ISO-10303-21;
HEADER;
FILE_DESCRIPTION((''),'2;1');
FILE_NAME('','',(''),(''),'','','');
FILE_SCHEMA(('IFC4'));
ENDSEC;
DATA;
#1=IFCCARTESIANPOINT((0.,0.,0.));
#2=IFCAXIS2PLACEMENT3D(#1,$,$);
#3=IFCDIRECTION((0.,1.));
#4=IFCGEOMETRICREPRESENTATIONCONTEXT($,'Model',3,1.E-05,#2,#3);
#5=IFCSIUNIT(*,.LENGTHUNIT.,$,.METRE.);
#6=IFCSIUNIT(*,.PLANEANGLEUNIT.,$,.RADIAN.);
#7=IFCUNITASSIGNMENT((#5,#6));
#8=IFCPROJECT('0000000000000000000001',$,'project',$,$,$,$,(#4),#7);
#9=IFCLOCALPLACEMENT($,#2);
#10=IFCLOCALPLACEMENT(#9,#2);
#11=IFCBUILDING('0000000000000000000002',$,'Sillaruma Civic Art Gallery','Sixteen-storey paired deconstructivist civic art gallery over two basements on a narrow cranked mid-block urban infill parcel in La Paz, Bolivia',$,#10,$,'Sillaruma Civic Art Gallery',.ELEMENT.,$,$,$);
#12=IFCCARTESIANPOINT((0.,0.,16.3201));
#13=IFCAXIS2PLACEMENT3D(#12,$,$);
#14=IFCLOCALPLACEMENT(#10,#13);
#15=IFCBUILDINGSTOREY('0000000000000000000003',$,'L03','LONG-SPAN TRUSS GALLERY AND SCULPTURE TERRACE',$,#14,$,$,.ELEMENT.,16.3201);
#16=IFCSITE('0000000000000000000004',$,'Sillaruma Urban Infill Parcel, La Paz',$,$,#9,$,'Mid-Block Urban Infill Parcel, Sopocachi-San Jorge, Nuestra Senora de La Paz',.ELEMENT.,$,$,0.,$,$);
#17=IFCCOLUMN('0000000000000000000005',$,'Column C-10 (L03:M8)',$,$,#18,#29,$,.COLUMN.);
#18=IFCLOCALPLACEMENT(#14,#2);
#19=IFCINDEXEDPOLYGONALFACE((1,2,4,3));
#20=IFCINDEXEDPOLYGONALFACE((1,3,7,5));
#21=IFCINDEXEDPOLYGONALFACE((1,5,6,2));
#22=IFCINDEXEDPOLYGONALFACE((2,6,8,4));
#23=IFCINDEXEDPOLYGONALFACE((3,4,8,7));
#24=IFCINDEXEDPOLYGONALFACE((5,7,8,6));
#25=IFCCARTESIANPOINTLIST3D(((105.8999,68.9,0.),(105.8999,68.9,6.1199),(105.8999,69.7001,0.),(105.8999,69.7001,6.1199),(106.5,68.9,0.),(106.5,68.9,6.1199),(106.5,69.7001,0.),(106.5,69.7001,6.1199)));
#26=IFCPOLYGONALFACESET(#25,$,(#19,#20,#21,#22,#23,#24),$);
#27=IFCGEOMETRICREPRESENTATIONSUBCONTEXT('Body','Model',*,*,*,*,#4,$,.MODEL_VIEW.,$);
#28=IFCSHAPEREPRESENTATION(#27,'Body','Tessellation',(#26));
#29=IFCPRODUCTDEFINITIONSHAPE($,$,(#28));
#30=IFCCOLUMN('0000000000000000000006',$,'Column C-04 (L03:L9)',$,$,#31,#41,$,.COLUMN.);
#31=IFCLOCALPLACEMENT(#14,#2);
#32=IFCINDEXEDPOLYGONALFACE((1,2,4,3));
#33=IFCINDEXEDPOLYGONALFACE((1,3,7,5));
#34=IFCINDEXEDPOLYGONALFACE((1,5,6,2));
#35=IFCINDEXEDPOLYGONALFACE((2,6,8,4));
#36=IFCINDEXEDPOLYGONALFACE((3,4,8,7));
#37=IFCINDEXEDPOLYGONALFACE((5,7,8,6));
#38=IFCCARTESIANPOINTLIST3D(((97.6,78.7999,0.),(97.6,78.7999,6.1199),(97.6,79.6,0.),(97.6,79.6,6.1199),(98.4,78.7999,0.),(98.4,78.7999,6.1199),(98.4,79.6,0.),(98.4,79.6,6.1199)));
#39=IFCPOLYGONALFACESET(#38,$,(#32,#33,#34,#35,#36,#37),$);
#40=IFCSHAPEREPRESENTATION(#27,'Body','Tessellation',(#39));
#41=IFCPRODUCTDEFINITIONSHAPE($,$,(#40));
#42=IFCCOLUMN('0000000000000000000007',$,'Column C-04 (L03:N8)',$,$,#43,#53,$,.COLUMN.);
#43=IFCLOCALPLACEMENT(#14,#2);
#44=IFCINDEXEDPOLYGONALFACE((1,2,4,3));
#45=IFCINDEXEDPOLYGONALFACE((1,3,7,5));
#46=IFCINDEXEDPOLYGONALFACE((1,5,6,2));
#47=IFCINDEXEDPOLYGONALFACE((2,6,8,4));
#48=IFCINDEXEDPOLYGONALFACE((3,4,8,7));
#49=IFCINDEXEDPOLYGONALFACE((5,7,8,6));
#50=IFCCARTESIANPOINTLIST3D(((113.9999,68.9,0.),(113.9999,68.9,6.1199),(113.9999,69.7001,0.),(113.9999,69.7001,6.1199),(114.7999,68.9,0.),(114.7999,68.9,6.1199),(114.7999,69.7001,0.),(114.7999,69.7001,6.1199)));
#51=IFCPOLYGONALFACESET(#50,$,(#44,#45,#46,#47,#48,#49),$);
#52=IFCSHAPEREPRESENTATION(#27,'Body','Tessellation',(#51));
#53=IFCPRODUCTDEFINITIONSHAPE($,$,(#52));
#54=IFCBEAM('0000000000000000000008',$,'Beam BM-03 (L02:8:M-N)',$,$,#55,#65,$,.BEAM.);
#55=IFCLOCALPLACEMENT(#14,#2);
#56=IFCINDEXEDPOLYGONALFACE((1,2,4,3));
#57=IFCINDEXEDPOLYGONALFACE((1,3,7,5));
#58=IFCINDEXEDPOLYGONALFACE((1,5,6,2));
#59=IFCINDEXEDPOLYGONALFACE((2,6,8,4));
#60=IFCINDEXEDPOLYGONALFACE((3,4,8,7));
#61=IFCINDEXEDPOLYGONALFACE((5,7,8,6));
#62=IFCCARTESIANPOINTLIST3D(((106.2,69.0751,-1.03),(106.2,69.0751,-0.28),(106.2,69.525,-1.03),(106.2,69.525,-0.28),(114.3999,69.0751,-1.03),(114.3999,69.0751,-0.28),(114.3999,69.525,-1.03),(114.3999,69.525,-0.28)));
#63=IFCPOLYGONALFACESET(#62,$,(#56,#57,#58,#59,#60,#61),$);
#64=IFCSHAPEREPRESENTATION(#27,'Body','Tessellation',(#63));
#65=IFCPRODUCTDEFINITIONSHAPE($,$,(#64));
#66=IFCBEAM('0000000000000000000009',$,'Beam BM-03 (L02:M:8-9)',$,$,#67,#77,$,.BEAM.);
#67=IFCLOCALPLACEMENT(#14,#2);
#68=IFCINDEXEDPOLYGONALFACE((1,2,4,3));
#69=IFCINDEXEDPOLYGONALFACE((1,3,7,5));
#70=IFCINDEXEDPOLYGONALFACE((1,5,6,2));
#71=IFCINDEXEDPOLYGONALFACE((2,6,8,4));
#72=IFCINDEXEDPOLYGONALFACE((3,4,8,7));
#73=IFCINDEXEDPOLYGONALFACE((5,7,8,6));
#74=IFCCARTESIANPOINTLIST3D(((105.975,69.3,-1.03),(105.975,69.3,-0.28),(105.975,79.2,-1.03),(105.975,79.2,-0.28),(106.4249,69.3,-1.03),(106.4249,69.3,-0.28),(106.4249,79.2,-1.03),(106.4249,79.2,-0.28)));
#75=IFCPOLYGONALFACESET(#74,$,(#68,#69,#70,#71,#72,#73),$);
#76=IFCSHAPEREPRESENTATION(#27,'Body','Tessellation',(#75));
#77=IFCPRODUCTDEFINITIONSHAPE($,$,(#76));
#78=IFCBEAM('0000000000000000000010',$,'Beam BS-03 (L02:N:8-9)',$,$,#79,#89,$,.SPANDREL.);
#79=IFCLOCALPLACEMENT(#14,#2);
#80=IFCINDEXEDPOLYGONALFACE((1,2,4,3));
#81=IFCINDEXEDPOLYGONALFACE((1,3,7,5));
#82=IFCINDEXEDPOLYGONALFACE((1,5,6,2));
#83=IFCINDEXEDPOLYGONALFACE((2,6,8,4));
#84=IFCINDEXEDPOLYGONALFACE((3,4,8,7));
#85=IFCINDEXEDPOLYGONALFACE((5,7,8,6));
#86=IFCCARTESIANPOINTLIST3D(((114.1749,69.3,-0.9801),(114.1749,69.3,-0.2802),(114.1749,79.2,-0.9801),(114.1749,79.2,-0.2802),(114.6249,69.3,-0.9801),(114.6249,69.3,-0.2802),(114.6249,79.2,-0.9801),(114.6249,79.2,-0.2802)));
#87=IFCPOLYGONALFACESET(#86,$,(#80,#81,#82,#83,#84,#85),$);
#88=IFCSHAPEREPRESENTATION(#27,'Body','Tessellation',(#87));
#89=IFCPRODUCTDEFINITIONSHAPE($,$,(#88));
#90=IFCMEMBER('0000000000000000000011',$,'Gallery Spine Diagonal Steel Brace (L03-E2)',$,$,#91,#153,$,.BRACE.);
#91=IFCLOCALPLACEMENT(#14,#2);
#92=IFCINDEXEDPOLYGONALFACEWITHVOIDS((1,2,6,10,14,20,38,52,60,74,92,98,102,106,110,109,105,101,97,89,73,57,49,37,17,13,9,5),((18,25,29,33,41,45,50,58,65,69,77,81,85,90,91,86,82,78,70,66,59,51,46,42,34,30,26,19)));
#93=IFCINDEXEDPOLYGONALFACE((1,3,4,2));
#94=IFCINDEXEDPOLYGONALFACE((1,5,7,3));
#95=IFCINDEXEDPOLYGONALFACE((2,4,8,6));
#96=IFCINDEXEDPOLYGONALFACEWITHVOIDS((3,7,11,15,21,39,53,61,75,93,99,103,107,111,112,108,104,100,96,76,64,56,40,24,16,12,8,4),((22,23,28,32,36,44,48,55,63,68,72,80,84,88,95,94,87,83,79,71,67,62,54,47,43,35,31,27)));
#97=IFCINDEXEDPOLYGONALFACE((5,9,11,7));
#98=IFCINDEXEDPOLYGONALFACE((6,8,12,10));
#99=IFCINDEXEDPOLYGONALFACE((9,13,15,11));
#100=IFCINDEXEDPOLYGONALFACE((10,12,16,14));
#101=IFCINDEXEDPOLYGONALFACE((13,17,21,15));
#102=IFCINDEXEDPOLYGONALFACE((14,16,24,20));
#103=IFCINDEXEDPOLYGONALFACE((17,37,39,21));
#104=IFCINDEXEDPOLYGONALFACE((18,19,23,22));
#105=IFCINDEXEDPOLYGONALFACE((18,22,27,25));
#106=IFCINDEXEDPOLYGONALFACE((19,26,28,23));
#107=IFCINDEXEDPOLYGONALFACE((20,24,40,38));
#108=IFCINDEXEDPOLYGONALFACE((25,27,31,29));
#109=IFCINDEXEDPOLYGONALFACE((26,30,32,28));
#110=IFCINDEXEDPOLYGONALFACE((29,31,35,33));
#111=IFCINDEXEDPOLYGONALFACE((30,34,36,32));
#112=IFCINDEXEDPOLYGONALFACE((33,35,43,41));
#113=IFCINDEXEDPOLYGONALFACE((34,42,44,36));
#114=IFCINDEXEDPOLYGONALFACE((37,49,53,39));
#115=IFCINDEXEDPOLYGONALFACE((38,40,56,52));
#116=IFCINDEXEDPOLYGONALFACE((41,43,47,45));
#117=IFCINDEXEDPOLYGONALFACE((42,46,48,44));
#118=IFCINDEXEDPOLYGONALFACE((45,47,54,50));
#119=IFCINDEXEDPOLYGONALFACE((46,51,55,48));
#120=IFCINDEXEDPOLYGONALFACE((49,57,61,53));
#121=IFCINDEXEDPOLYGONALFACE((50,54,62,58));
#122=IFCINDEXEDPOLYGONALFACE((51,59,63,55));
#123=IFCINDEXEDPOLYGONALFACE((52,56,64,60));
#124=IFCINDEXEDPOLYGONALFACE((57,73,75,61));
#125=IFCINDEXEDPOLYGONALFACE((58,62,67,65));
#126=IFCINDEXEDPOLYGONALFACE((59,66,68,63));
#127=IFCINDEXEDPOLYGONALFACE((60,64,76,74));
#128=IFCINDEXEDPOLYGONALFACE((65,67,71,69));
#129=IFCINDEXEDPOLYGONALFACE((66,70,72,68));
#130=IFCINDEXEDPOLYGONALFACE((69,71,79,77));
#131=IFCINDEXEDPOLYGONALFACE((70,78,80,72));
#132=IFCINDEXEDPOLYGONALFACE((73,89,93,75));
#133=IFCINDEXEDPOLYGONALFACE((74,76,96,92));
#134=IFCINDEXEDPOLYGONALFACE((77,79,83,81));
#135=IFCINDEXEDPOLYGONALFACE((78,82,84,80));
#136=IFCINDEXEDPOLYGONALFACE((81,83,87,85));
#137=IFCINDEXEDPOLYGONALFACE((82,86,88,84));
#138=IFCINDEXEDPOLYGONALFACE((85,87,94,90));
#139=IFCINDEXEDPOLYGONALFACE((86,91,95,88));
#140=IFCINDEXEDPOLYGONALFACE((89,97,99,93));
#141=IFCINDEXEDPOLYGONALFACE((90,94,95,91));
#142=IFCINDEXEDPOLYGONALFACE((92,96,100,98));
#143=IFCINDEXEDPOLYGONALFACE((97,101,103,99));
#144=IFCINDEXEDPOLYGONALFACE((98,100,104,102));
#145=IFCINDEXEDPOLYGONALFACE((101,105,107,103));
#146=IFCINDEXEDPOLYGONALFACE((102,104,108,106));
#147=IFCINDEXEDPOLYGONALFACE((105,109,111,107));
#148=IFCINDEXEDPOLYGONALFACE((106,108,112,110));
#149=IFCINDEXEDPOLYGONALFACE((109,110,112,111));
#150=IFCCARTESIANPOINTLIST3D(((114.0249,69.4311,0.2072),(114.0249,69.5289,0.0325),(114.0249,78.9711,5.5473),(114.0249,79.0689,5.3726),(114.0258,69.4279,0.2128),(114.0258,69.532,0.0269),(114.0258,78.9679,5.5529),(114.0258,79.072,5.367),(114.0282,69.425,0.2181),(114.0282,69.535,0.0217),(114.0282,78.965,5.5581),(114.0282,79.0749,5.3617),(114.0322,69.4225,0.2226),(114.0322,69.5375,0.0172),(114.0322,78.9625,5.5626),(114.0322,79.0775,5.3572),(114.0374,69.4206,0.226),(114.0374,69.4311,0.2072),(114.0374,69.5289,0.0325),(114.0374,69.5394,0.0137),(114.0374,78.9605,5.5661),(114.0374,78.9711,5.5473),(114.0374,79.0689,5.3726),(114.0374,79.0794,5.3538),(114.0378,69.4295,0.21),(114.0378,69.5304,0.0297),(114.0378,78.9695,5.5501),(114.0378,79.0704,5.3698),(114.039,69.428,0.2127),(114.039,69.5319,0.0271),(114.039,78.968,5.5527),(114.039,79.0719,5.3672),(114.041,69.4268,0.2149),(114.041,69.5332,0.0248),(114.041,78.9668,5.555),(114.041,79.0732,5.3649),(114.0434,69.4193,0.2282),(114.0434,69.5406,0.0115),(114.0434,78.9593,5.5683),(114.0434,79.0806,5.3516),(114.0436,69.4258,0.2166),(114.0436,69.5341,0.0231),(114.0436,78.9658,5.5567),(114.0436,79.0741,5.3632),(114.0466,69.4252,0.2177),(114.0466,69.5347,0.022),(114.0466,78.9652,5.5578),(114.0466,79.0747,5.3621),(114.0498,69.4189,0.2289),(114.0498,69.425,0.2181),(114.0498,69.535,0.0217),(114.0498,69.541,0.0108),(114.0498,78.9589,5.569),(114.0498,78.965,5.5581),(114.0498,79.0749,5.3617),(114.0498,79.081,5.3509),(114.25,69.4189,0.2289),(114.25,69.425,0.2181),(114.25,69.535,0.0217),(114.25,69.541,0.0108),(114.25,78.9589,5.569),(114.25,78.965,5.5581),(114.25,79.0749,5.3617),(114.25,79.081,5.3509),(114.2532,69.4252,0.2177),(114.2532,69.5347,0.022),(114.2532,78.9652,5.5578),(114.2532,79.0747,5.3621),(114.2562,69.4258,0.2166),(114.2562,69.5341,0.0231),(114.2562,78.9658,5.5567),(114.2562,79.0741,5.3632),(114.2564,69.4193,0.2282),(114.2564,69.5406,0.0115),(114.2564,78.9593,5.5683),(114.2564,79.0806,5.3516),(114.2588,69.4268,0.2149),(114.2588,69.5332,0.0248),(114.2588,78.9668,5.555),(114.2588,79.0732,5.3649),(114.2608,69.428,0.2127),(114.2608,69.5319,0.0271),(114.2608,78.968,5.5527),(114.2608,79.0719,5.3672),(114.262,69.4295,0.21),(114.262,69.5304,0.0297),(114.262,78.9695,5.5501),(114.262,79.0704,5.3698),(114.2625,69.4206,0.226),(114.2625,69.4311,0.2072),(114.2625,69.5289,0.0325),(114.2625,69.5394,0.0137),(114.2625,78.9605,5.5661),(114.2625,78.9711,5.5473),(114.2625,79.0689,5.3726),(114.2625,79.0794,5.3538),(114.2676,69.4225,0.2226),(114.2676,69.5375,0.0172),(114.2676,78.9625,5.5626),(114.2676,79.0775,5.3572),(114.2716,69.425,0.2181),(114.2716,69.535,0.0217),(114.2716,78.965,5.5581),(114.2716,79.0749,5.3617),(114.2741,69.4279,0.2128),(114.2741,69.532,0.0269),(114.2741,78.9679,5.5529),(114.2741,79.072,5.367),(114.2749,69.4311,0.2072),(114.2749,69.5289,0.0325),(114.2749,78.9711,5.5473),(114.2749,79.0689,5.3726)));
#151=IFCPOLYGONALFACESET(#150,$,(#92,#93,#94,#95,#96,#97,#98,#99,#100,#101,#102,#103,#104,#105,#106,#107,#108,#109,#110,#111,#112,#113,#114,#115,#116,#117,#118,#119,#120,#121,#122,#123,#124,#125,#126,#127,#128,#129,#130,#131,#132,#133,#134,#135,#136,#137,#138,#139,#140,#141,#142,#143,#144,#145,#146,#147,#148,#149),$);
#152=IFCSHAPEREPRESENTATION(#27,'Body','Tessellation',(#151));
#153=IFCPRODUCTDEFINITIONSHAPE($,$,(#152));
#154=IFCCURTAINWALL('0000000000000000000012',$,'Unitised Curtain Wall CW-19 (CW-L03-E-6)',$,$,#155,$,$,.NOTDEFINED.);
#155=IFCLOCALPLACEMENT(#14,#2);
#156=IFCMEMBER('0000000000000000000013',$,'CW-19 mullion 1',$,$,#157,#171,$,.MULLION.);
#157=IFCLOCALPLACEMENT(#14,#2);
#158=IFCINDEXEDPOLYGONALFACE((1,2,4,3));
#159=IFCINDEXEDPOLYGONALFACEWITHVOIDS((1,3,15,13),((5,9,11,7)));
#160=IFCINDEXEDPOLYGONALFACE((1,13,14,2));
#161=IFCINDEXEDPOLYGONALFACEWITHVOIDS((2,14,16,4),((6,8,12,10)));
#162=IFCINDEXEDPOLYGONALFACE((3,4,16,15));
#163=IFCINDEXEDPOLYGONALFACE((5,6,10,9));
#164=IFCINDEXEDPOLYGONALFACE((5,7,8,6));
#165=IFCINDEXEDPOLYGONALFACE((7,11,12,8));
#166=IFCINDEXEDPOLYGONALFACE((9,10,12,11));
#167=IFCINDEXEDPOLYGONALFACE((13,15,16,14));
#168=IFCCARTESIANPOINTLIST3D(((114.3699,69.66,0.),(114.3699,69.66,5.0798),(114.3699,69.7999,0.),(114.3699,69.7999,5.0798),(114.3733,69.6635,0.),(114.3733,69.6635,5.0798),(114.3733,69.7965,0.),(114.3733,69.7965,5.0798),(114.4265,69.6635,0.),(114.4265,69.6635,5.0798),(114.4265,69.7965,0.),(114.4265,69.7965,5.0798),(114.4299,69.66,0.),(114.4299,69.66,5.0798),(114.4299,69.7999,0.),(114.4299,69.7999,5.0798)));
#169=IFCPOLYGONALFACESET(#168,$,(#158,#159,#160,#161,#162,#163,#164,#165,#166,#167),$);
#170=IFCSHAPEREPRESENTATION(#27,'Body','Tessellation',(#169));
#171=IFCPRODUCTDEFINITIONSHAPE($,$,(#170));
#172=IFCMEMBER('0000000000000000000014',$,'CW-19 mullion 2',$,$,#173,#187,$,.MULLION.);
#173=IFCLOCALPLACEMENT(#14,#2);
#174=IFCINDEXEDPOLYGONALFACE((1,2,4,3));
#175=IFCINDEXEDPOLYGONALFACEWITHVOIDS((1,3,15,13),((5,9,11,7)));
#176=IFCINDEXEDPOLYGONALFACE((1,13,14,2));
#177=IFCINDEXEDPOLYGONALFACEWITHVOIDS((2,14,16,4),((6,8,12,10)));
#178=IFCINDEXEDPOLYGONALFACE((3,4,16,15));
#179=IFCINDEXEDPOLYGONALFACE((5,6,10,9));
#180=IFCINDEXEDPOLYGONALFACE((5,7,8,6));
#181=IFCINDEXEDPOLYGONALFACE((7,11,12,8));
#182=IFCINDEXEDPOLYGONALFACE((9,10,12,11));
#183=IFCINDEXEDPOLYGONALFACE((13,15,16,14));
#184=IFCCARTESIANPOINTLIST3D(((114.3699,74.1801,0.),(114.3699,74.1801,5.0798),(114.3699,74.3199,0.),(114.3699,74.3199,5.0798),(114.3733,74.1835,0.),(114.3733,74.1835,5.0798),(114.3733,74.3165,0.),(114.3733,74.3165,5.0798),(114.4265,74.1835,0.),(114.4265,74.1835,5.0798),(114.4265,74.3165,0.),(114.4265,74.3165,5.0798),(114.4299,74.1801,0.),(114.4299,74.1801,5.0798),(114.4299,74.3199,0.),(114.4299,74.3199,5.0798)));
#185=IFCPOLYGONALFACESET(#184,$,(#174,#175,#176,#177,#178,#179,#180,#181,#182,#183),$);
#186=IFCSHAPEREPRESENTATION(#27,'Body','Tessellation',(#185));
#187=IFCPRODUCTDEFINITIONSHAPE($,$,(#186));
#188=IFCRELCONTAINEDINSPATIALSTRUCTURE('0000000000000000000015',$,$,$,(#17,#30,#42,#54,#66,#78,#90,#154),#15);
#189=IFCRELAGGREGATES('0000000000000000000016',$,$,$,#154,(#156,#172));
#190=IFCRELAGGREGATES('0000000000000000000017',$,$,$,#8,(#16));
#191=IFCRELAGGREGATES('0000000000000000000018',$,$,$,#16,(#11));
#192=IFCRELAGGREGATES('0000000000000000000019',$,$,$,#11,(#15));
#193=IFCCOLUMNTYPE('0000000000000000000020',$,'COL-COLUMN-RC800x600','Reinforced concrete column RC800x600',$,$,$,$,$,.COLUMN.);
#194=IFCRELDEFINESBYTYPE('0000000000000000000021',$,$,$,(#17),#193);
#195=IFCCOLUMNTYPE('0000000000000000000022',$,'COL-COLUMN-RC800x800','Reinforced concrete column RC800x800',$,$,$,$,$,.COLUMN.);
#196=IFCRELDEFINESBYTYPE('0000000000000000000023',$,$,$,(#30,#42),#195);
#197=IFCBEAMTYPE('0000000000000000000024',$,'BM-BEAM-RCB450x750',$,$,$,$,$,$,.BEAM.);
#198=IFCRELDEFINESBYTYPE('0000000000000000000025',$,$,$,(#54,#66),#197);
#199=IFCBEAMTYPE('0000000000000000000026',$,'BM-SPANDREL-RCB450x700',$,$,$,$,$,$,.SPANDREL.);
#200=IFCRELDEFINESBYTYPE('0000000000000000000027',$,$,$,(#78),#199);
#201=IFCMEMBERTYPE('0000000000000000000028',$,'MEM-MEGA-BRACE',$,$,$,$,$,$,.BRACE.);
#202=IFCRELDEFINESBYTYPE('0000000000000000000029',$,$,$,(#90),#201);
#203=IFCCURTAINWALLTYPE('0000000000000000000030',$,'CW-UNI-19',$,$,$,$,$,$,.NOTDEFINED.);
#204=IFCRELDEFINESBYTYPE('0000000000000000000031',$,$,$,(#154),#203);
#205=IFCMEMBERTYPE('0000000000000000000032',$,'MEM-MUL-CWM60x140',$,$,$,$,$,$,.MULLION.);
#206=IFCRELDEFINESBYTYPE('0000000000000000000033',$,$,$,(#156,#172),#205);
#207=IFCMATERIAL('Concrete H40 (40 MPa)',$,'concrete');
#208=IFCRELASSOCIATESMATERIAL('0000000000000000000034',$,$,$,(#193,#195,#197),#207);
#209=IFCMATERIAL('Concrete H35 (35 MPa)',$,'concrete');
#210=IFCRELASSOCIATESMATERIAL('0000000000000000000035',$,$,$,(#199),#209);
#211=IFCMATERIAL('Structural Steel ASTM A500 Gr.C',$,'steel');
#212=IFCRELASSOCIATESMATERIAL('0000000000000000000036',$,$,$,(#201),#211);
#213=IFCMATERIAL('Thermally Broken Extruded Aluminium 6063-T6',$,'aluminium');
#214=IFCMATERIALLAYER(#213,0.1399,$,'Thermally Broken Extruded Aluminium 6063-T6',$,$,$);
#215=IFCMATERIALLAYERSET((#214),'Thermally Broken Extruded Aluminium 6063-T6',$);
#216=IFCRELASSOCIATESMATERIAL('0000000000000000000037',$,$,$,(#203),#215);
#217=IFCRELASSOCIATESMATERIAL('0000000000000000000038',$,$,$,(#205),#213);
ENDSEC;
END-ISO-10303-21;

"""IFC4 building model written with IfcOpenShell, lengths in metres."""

from ifc_helpers import new_model, si_unit, direction, frame, origin, origin_2d, place, context, subcontext, project, spatial, rectangle, hollow_rectangle, extrude, material, layer, layer_set, material_profile, profile_set, type_object, element, aggregate, save


model = new_model("IFC4")

# Units and contexts
model_context = context("Model", 3, precision=1e-05, world=origin(), true_north=direction((0.0, 1.0)))
body_context = subcontext(model_context, "Body", "Model", "MODEL_VIEW")
ifc_project = project(units=[si_unit("LENGTHUNIT", "METRE"), si_unit("PLANEANGLEUNIT", "RADIAN")], contexts=[model_context])

# Site, building, storey
site_placement = place(None, origin())
site = spatial("IfcSite", under=ifc_project, at=site_placement, Name="Sillaruma Urban Infill Parcel, La Paz", LongName="Mid-Block Urban Infill Parcel, Sopocachi-San Jorge, Nuestra Senora de La Paz", CompositionType="ELEMENT", RefElevation=0.0)
building_placement = place(site_placement, origin())
building = spatial("IfcBuilding", under=site, at=building_placement, Name="Sillaruma Civic Art Gallery", Description="Sixteen-storey paired deconstructivist civic art gallery over two basements on a narrow cranked mid-block urban infill parcel in La Paz, Bolivia", LongName="Sillaruma Civic Art Gallery", CompositionType="ELEMENT")
storey_placement = place(building_placement, frame((0.0, 0.0, 16.3201)))
storey = spatial("IfcBuildingStorey", under=building, at=storey_placement, Name="L03", Description="LONG-SPAN TRUSS GALLERY AND SCULPTURE TERRACE", CompositionType="ELEMENT", Elevation=16.3201)

# Columns
ifc_material_1 = material(Name="Concrete H40 (40 MPa)", Category="concrete")
ifc_material_profile_1 = material_profile(ifc_material_1, rectangle(XDim=0.6001, YDim=0.8, at=origin_2d()), Name="RC800x600")
ifc_profile_set_1 = profile_set([ifc_material_profile_1], Name="Concrete H40 (40 MPa)")
column_type_1 = type_object("IfcColumnType", Name="COL-COLUMN-RC800x600", Description="Reinforced concrete column RC800x600", PredefinedType="COLUMN", material=ifc_profile_set_1)
column_placement = place(storey_placement, frame((106.2, 69.3, 0.0), z_axis=(0.0, 0.0, 1.0), x_axis=(1.0, 0.0, 0.0)))
element("IfcColumn", 1, at=column_placement, inside=storey, type_object=column_type_1, Name="Column C-10 (L03:M8)", PredefinedType="COLUMN", context=body_context, shape_type="SweptSolid", body=[
    extrude(rectangle(XDim=0.6001, YDim=0.8, at=origin_2d()), origin(), (0.0, 0.0, 1.0), 6.1199),
])
ifc_material_profile_2 = material_profile(ifc_material_1, rectangle(XDim=0.8, YDim=0.8, at=origin_2d()), Name="RC800x800")
ifc_profile_set_2 = profile_set([ifc_material_profile_2], Name="Concrete H40 (40 MPa)")
column_type_2 = type_object("IfcColumnType", Name="COL-COLUMN-RC800x800", Description="Reinforced concrete column RC800x800", PredefinedType="COLUMN", material=ifc_profile_set_2)
for number, where, z_axis, x_axis, name in (
    (2, (98.0, 79.2, 0.0), (0.0, 0.0, 1.0), (1.0, 0.0, 0.0), "Column C-04 (L03:L9)"),
    (3, (114.3999, 69.3, 0.0), (0.0, 0.0, 1.0), (1.0, 0.0, 0.0), "Column C-04 (L03:N8)"),
):
    element("IfcColumn", number, at=place(storey_placement, frame(where, z_axis=z_axis, x_axis=x_axis)), inside=storey, type_object=column_type_2, Name=name, PredefinedType="COLUMN", context=body_context, shape_type="SweptSolid", body=[
        extrude(rectangle(XDim=0.8, YDim=0.8, at=origin_2d()), origin(), (0.0, 0.0, 1.0), 6.1199),
    ])

# Beams
ifc_material_profile_3 = material_profile(ifc_material_1, rectangle(XDim=0.45, YDim=0.75, at=origin_2d()), Name="RCB450x750")
ifc_profile_set_3 = profile_set([ifc_material_profile_3], Name="Concrete H40 (40 MPa)")
beam_type_1 = type_object("IfcBeamType", Name="BM-BEAM-RCB450x750", PredefinedType="BEAM", material=ifc_profile_set_3)
beam_1_placement = place(storey_placement, frame((106.2, 69.3, -0.655), z_axis=(1.0, 0.0, 0.0), x_axis=(0.0, 1.0, 0.0)))
element("IfcBeam", 4, at=beam_1_placement, inside=storey, type_object=beam_type_1, Name="Beam BM-03 (L02:8:M-N)", PredefinedType="BEAM", context=body_context, shape_type="SweptSolid", body=[
    extrude(rectangle(XDim=0.45, YDim=0.75, at=origin_2d()), origin(), (0.0, 0.0, 1.0), 8.2),
])
beam_2_placement = place(storey_placement, frame((106.2, 69.3, -0.655), z_axis=(0.0, 1.0, 0.0), x_axis=(-1.0, 0.0, 0.0)))
element("IfcBeam", 5, at=beam_2_placement, inside=storey, type_object=beam_type_1, Name="Beam BM-03 (L02:M:8-9)", PredefinedType="BEAM", context=body_context, shape_type="SweptSolid", body=[
    extrude(rectangle(XDim=0.45, YDim=0.75, at=origin_2d()), origin(), (0.0, 0.0, 1.0), 9.8999),
])
ifc_material_2 = material(Name="Concrete H35 (35 MPa)", Category="concrete")
ifc_material_profile_4 = material_profile(ifc_material_2, rectangle(XDim=0.45, YDim=0.7, at=origin_2d()), Name="RCB450x700")
ifc_profile_set_4 = profile_set([ifc_material_profile_4], Name="Concrete H35 (35 MPa)")
beam_type_2 = type_object("IfcBeamType", Name="BM-SPANDREL-RCB450x700", PredefinedType="SPANDREL", material=ifc_profile_set_4)
beam_3_placement = place(storey_placement, frame((114.3999, 69.3, -0.6301), z_axis=(0.0, 1.0, 0.0), x_axis=(-1.0, 0.0, 0.0)))
element("IfcBeam", 6, at=beam_3_placement, inside=storey, type_object=beam_type_2, Name="Beam BS-03 (L02:N:8-9)", PredefinedType="SPANDREL", context=body_context, shape_type="SweptSolid", body=[
    extrude(rectangle(XDim=0.45, YDim=0.7, at=origin_2d()), origin(), (0.0, 0.0, 1.0), 9.8999),
])

# Member
ifc_material_3 = material(Name="Structural Steel ASTM A500 Gr.C", Category="steel")
ifc_material_profile_5 = material_profile(ifc_material_3, hollow_rectangle(XDim=0.25, YDim=0.25, WallThickness=0.0125, InnerFilletRadius=0.0125, OuterFilletRadius=0.0249, at=origin_2d()), Name="HSS250x250x12.5")
ifc_profile_set_5 = profile_set([ifc_material_profile_5], Name="Structural Steel ASTM A500 Gr.C")
member_type_1 = type_object("IfcMemberType", Name="MEM-MEGA-BRACE", PredefinedType="BRACE", material=ifc_profile_set_5)
member_1_placement = place(storey_placement, frame((114.1499, 69.48, 0.1199), z_axis=(0.0, 0.872597, 0.488441), x_axis=(-1.0, 0.0, 0.0)))
element("IfcMember", 7, at=member_1_placement, inside=storey, type_object=member_type_1, Name="Gallery Spine Diagonal Steel Brace (L03-E2)", PredefinedType="BRACE", context=body_context, shape_type="SweptSolid", body=[
    extrude(hollow_rectangle(XDim=0.25, YDim=0.25, WallThickness=0.0125, InnerFilletRadius=0.0125, OuterFilletRadius=0.0249, at=origin_2d()), origin(), (0.0, 0.0, 1.0), 10.9329),
])

# Curtain wall, members
ifc_material_4 = material(Name="Thermally Broken Extruded Aluminium 6063-T6", Category="aluminium")
ifc_layer_1 = layer(ifc_material_4, 0.1399, Name="Thermally Broken Extruded Aluminium 6063-T6")
ifc_layer_set_1 = layer_set([ifc_layer_1], Name="Thermally Broken Extruded Aluminium 6063-T6")
curtain_wall_type = type_object("IfcCurtainWallType", Name="CW-UNI-19", PredefinedType="NOTDEFINED", material=ifc_layer_set_1)
curtain_wall_placement = place(storey_placement, origin())
curtain_wall = element("IfcCurtainWall", 8, at=curtain_wall_placement, inside=storey, type_object=curtain_wall_type, Name="Unitised Curtain Wall CW-19 (CW-L03-E-6)", PredefinedType="NOTDEFINED")
ifc_material_profile_6 = material_profile(ifc_material_4, hollow_rectangle(XDim=0.0601, YDim=0.1399, WallThickness=0.0034, at=origin_2d()), Name="CWM60x140")
ifc_profile_set_6 = profile_set([ifc_material_profile_6], Name="Thermally Broken Extruded Aluminium 6063-T6")
member_type_2 = type_object("IfcMemberType", Name="MEM-MUL-CWM60x140", PredefinedType="MULLION", material=ifc_profile_set_6)
member_2_placement = place(storey_placement, frame((114.3999, 69.73, 0.0), z_axis=(0.0, 0.0, 1.0), x_axis=(-1.0, 0.0, 0.0)))
member_2 = element("IfcMember", 9, at=member_2_placement, type_object=member_type_2, Name="CW-19 mullion 1", PredefinedType="MULLION", context=body_context, shape_type="SweptSolid", body=[
    extrude(hollow_rectangle(XDim=0.0601, YDim=0.1399, WallThickness=0.0034, at=origin_2d()), origin(), (0.0, 0.0, 1.0), 5.0798),
])
member_3_placement = place(storey_placement, frame((114.3999, 74.25, 0.0), z_axis=(0.0, 0.0, 1.0), x_axis=(-1.0, 0.0, 0.0)))
member_3 = element("IfcMember", 10, at=member_3_placement, type_object=member_type_2, Name="CW-19 mullion 2", PredefinedType="MULLION", context=body_context, shape_type="SweptSolid", body=[
    extrude(hollow_rectangle(XDim=0.0601, YDim=0.1399, WallThickness=0.0034, at=origin_2d()), origin(), (0.0, 0.0, 1.0), 5.0798),
])

aggregate(curtain_wall, [member_2, member_3])

save(model, "model.ifc")
